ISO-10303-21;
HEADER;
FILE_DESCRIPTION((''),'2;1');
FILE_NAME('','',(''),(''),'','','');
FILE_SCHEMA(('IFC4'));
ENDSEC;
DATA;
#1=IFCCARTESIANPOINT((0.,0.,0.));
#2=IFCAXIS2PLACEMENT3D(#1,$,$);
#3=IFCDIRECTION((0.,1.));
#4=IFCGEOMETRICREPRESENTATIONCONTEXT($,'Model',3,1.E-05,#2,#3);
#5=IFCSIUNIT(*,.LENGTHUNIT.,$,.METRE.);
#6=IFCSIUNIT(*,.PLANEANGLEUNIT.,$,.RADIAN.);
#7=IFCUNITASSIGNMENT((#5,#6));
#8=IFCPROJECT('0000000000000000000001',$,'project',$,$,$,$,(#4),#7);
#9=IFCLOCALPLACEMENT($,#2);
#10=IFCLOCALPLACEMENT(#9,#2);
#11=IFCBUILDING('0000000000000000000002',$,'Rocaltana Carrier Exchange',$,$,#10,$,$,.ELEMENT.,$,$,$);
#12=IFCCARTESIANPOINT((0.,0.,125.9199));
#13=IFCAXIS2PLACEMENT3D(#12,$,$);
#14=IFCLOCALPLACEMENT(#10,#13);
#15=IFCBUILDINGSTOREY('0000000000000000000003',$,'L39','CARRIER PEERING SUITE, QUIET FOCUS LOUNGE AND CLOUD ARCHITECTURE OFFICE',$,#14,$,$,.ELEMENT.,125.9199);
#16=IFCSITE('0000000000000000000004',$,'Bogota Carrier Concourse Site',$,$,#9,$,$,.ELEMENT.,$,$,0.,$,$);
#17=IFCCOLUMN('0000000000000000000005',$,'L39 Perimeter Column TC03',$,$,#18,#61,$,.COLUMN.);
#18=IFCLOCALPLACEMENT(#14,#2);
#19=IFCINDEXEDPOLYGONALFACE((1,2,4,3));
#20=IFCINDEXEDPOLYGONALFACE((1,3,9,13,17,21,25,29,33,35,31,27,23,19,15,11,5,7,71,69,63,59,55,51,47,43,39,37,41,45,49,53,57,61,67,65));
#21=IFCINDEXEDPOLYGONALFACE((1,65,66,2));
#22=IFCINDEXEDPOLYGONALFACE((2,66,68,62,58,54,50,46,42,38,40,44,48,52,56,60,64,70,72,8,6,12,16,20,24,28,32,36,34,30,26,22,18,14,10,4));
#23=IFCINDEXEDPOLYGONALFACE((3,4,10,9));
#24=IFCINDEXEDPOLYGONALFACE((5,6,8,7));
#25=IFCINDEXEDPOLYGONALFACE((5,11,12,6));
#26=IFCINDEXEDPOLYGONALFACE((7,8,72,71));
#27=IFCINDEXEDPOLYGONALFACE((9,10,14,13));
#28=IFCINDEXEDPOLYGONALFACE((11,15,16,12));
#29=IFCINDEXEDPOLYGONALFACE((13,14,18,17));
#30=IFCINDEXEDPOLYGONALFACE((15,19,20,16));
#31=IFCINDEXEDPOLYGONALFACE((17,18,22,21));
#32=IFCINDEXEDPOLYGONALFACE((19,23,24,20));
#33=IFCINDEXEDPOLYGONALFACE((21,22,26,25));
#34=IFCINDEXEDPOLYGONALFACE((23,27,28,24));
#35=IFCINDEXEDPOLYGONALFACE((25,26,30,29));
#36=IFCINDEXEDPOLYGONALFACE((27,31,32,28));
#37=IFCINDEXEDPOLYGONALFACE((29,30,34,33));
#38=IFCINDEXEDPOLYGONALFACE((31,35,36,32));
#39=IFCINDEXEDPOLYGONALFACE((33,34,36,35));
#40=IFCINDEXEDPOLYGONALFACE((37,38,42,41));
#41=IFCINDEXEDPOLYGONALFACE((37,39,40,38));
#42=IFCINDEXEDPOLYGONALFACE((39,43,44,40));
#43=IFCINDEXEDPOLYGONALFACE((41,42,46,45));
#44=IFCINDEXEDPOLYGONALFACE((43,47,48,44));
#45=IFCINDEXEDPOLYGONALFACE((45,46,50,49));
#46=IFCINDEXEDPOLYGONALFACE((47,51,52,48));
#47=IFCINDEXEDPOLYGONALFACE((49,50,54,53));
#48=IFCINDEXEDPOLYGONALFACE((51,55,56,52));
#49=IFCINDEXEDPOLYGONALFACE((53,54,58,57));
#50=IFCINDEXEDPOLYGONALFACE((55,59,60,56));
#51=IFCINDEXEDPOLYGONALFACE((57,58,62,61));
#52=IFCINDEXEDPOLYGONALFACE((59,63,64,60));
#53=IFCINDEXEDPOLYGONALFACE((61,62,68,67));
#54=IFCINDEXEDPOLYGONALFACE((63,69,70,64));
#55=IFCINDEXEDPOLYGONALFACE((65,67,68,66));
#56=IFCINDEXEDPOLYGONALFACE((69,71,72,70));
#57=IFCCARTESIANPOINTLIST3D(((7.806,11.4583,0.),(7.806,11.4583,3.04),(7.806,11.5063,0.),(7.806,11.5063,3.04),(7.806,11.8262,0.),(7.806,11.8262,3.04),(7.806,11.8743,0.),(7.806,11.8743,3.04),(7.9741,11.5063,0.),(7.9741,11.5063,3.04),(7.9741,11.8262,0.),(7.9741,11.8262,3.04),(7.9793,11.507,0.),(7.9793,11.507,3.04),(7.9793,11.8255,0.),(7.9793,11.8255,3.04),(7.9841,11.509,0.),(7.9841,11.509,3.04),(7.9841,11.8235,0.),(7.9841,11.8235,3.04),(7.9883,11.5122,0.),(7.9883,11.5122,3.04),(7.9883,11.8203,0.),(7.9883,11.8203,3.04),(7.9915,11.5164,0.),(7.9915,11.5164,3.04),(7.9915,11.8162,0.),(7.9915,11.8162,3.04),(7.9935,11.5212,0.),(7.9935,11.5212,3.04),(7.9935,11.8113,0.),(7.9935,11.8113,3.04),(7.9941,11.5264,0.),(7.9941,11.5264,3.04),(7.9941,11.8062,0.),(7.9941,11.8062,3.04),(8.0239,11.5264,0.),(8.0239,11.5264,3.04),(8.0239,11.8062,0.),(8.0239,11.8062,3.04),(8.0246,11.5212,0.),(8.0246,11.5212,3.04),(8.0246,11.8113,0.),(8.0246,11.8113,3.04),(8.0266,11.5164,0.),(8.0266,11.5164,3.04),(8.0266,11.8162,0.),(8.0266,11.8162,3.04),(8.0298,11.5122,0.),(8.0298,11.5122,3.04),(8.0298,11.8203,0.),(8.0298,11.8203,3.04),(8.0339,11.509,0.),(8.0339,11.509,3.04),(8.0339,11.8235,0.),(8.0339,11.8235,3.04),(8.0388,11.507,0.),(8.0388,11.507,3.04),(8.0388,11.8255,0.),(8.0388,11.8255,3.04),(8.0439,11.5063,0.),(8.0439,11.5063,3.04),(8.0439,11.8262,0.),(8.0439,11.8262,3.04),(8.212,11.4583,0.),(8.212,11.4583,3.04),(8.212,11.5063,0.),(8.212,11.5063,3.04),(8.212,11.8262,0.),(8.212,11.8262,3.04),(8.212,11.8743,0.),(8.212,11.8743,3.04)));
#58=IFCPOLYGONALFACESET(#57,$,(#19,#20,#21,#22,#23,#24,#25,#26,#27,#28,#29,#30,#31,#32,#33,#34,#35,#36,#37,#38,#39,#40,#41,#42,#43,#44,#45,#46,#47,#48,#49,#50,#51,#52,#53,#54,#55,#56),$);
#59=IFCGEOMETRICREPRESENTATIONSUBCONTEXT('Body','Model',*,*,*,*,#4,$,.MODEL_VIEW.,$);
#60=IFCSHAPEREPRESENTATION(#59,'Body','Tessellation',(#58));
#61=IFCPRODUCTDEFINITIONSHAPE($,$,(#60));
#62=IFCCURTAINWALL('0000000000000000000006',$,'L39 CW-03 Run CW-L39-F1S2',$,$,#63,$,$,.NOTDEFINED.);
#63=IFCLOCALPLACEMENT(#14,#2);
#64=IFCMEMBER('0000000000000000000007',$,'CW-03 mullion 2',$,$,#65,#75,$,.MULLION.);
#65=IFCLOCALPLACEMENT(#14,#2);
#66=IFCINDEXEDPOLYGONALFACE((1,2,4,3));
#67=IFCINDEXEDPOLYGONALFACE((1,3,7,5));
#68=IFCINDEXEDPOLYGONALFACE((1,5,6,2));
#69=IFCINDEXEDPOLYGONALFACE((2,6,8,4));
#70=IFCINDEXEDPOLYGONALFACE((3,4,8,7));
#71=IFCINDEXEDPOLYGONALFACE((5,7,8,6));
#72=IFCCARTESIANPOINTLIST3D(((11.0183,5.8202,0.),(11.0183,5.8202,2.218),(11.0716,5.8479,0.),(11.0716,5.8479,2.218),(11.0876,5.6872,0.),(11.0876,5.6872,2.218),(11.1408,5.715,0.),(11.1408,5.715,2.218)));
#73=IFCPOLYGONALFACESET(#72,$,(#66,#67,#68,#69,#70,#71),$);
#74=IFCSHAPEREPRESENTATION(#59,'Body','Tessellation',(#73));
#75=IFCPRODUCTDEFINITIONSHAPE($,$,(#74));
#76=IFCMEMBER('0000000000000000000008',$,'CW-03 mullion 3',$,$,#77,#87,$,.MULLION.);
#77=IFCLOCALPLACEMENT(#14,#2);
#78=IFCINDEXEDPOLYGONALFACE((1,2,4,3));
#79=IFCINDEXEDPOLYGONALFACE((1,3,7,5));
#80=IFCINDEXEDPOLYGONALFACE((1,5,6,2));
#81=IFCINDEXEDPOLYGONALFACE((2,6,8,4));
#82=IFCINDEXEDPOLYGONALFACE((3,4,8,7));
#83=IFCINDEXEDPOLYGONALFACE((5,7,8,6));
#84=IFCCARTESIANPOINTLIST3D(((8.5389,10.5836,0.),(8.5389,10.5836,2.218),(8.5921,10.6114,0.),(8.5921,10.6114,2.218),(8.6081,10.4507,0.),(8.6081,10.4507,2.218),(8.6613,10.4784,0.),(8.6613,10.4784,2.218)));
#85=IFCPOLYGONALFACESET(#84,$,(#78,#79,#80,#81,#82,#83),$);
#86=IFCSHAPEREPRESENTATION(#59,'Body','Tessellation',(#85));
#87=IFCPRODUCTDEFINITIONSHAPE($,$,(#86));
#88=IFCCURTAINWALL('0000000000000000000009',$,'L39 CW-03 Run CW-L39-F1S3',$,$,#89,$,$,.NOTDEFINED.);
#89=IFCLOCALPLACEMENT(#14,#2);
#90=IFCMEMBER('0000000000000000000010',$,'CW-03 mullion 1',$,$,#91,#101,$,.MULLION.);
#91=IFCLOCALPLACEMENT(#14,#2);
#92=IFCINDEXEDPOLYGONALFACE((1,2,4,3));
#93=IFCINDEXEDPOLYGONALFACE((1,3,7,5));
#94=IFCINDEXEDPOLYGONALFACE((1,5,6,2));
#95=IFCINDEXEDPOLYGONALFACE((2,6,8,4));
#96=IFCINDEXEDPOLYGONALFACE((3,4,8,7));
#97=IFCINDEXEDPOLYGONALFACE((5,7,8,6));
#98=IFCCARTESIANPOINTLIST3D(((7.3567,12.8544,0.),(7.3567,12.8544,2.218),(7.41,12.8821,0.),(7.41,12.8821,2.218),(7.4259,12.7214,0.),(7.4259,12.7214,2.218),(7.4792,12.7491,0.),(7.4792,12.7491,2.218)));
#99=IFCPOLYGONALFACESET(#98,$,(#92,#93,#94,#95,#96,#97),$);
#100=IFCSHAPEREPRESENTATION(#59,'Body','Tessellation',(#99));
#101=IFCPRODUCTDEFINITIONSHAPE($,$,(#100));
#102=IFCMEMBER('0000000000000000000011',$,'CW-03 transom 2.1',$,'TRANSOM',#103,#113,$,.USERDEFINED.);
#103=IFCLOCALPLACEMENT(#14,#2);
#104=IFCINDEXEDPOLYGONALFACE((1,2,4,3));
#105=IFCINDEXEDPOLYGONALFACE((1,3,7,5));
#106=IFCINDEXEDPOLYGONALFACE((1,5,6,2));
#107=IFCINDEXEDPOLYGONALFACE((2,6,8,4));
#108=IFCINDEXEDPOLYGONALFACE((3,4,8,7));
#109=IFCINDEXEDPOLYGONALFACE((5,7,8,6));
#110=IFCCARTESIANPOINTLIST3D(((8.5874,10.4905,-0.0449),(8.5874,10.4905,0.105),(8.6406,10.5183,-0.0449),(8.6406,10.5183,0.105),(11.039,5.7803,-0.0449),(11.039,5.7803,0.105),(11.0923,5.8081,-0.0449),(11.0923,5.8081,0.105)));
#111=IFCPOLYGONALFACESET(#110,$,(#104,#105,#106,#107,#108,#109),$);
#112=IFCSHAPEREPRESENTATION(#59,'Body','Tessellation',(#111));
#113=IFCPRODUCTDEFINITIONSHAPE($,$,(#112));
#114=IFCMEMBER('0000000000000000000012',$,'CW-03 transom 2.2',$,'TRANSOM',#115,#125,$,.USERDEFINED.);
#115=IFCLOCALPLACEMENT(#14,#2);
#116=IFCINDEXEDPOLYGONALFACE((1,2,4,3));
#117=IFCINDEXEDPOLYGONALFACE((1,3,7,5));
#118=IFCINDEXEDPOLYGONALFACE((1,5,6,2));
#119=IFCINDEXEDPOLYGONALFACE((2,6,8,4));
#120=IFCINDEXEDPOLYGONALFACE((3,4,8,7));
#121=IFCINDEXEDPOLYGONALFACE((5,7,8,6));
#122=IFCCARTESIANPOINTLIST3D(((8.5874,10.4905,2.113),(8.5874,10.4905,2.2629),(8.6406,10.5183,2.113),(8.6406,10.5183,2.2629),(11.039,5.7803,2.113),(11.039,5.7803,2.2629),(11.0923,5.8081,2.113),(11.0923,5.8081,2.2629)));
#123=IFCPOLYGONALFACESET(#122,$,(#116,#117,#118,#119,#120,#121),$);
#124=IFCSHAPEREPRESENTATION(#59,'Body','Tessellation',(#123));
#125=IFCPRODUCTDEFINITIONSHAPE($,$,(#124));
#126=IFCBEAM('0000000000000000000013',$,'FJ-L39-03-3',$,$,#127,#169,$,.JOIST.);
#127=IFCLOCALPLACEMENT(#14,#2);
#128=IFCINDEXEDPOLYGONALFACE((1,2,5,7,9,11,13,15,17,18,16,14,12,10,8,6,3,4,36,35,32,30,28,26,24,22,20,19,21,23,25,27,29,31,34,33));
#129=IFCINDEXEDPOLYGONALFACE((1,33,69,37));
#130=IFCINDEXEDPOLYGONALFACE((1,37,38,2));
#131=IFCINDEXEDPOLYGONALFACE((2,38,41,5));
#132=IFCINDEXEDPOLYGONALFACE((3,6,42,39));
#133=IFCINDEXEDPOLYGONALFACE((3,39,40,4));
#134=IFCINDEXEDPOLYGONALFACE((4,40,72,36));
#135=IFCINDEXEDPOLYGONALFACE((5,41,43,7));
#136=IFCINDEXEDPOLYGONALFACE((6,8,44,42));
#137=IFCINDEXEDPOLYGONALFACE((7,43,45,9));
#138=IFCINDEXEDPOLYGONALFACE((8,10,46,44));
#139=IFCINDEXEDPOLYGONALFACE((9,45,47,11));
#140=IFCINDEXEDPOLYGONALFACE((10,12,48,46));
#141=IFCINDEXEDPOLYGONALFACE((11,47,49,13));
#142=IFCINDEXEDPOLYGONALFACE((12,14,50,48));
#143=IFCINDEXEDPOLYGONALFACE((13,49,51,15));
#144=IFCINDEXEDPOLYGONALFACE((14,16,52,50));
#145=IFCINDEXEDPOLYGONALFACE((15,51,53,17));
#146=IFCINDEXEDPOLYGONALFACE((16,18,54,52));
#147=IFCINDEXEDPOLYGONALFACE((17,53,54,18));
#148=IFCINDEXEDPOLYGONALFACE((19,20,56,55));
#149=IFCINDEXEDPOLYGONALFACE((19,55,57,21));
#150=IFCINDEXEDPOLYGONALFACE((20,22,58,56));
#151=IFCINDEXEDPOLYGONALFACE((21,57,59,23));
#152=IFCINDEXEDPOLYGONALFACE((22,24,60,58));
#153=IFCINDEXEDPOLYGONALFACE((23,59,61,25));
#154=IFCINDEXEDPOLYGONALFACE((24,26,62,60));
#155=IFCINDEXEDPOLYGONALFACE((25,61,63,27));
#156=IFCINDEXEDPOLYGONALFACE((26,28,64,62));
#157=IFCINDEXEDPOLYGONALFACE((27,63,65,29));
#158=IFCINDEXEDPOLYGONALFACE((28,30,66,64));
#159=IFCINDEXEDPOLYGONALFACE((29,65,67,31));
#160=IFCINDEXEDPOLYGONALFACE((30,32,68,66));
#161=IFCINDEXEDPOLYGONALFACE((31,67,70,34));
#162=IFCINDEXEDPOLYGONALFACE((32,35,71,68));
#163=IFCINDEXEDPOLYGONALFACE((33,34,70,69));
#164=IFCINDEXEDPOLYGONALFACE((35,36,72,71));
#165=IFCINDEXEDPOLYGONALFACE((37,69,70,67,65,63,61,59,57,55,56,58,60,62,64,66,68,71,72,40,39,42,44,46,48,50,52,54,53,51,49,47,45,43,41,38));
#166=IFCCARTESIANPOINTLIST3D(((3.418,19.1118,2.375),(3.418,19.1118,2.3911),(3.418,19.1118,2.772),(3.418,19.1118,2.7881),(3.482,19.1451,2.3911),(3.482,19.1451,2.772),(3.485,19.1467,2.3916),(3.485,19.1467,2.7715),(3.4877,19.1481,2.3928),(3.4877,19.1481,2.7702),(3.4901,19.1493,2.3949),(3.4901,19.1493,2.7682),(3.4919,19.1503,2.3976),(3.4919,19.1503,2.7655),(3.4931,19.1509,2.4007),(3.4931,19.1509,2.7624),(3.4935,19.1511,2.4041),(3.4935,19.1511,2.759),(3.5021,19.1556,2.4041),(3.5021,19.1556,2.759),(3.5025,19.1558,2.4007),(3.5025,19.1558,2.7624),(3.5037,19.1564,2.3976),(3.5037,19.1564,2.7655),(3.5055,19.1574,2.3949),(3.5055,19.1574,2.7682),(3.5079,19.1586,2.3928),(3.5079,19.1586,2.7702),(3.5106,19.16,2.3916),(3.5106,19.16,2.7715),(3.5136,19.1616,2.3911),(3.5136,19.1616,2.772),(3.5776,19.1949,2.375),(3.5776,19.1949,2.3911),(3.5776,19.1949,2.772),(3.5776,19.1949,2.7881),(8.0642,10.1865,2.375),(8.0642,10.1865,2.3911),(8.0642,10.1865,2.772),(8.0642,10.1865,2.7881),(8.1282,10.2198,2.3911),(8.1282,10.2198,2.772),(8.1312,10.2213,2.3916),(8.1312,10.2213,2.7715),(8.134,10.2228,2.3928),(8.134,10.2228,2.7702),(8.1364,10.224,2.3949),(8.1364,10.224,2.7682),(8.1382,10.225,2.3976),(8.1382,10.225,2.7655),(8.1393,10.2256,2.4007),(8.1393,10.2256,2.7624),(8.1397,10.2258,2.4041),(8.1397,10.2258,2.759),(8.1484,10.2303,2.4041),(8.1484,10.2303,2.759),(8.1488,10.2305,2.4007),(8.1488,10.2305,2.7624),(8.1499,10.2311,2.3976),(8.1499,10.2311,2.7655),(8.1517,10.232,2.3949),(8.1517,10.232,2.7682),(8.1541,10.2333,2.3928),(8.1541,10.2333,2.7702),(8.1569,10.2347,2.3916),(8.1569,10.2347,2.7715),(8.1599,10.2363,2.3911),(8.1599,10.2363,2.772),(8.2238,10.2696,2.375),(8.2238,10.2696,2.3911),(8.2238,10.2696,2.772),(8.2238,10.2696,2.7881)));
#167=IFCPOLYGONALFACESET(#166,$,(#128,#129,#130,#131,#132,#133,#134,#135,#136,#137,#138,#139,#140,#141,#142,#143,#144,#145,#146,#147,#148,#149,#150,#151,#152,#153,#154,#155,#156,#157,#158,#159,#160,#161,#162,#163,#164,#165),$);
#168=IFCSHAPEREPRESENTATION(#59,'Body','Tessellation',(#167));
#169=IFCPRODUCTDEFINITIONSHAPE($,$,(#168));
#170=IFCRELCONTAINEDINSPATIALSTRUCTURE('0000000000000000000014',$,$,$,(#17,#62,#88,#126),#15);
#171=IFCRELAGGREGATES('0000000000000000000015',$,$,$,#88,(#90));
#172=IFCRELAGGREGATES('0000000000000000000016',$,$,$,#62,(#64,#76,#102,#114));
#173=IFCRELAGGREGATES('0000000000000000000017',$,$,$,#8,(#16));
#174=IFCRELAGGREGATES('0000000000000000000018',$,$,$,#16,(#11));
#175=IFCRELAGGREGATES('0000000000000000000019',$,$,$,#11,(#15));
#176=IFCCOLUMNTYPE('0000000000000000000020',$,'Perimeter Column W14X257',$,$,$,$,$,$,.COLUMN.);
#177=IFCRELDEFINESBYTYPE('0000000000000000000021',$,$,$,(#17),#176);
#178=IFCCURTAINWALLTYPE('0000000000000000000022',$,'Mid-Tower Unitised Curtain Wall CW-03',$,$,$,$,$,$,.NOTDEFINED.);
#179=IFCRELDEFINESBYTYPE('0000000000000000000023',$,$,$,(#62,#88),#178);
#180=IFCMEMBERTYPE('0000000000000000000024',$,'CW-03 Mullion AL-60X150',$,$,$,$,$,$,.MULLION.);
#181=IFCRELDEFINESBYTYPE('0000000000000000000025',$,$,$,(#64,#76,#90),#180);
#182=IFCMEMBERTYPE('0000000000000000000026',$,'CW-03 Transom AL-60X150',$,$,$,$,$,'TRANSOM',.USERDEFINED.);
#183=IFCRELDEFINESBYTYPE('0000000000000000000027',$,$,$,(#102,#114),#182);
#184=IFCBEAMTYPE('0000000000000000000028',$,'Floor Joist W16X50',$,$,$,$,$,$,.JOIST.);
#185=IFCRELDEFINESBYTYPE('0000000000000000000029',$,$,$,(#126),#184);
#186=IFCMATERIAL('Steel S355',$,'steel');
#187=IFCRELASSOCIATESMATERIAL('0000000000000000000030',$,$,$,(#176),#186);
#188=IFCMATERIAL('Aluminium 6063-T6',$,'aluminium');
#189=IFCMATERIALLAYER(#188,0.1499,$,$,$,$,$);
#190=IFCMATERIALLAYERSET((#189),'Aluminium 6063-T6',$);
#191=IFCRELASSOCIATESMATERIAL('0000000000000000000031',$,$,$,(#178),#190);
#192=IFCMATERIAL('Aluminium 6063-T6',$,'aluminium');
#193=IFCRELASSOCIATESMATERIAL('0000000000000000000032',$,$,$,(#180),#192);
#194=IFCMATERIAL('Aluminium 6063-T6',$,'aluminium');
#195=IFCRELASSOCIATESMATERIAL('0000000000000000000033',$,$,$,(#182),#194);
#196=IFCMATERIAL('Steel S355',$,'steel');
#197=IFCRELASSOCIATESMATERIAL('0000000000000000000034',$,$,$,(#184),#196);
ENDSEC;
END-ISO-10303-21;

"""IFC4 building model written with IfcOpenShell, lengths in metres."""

from ifc_helpers import new_model, si_unit, direction, frame, origin, origin_2d, place, context, subcontext, project, spatial, rectangle, i_section, extrude, material, layer, layer_set, material_profile, profile_set, type_object, element, aggregate, save


model = new_model("IFC4")

# Units and contexts
model_context = context("Model", 3, precision=1e-05, world=origin(), true_north=direction((0.0, 1.0)))
body_context = subcontext(model_context, "Body", "Model", "MODEL_VIEW")
ifc_project = project(units=[si_unit("LENGTHUNIT", "METRE"), si_unit("PLANEANGLEUNIT", "RADIAN")], contexts=[model_context])

# Site, building, storey
site_placement = place(None, origin())
site = spatial("IfcSite", under=ifc_project, at=site_placement, Name="Bogota Carrier Concourse Site", CompositionType="ELEMENT", RefElevation=0.0)
building_placement = place(site_placement, origin())
building = spatial("IfcBuilding", under=site, at=building_placement, Name="Rocaltana Carrier Exchange", CompositionType="ELEMENT")
storey_placement = place(building_placement, frame((0.0, 0.0, 125.9199)))
storey = spatial("IfcBuildingStorey", under=building, at=storey_placement, Name="L39", Description="CARRIER PEERING SUITE, QUIET FOCUS LOUNGE AND CLOUD ARCHITECTURE OFFICE", CompositionType="ELEMENT", Elevation=125.9199)

# Column
ifc_material_1 = material(Name="Steel S355", Category="steel")
ifc_material_profile_1 = material_profile(ifc_material_1, i_section(OverallWidth=0.406, OverallDepth=0.416, WebThickness=0.0298, FlangeThickness=0.0481, FilletRadius=0.02, at=origin_2d()), Name="W14X257")
ifc_profile_set_1 = profile_set([ifc_material_profile_1], Name="Steel S355")
column_type = type_object("IfcColumnType", Name="Perimeter Column W14X257", PredefinedType="COLUMN", material=ifc_profile_set_1)
column_placement = place(storey_placement, frame((8.009, 11.6663, 0.0), z_axis=(0.0, 0.0, 1.0), x_axis=(1.0, 0.0, 0.0)))
element("IfcColumn", 1, at=column_placement, inside=storey, type_object=column_type, Name="L39 Perimeter Column TC03", PredefinedType="COLUMN", context=body_context, shape_type="SweptSolid", body=[
    extrude(i_section(OverallWidth=0.406, OverallDepth=0.416, WebThickness=0.0298, FlangeThickness=0.0481, FilletRadius=0.02, at=origin_2d()), origin(), (0.0, 0.0, 1.0), 3.04),
])

# Curtain wall, members
ifc_material_2 = material(Name="Aluminium 6063-T6", Category="aluminium")
ifc_layer_1 = layer(ifc_material_2, 0.1499)
ifc_layer_set_1 = layer_set([ifc_layer_1], Name="Aluminium 6063-T6")
curtain_wall_type = type_object("IfcCurtainWallType", Name="Mid-Tower Unitised Curtain Wall CW-03", PredefinedType="NOTDEFINED", material=ifc_layer_set_1)
curtain_wall_1_placement = place(storey_placement, origin())
curtain_wall_1 = element("IfcCurtainWall", 2, at=curtain_wall_1_placement, inside=storey, type_object=curtain_wall_type, Name="L39 CW-03 Run CW-L39-F1S2", PredefinedType="NOTDEFINED")
ifc_material_3 = material(Name="Aluminium 6063-T6", Category="aluminium")
ifc_material_profile_2 = material_profile(ifc_material_3, rectangle(XDim=0.0601, YDim=0.1499, at=origin_2d()), Name="AL-60X150")
ifc_profile_set_2 = profile_set([ifc_material_profile_2], Name="Aluminium 6063-T6")
member_type_1 = type_object("IfcMemberType", Name="CW-03 Mullion AL-60X150", PredefinedType="MULLION", material=ifc_profile_set_2)
member_1_placement = place(storey_placement, frame((11.0796, 5.7676, 0.0), z_axis=(0.0, 0.0, 1.0), x_axis=(-0.887012, -0.461747, 0.0)))
member_1 = element("IfcMember", 3, at=member_1_placement, type_object=member_type_1, Name="CW-03 mullion 2", PredefinedType="MULLION", context=body_context, shape_type="SweptSolid", body=[
    extrude(rectangle(XDim=0.0601, YDim=0.1499, at=origin_2d()), origin(), (0.0, 0.0, 1.0), 2.218),
])
member_2_placement = place(storey_placement, frame((8.6001, 10.531, 0.0), z_axis=(0.0, 0.0, 1.0), x_axis=(-0.887012, -0.461747, 0.0)))
member_2 = element("IfcMember", 4, at=member_2_placement, type_object=member_type_1, Name="CW-03 mullion 3", PredefinedType="MULLION", context=body_context, shape_type="SweptSolid", body=[
    extrude(rectangle(XDim=0.0601, YDim=0.1499, at=origin_2d()), origin(), (0.0, 0.0, 1.0), 2.218),
])

# Curtain wall, member
curtain_wall_2_placement = place(storey_placement, origin())
curtain_wall_2 = element("IfcCurtainWall", 5, at=curtain_wall_2_placement, inside=storey, type_object=curtain_wall_type, Name="L39 CW-03 Run CW-L39-F1S3", PredefinedType="NOTDEFINED")
member_3_placement = place(storey_placement, frame((7.418, 12.8018, 0.0), z_axis=(0.0, 0.0, 1.0), x_axis=(-0.887008, -0.461754, 0.0)))
member_3 = element("IfcMember", 6, at=member_3_placement, type_object=member_type_1, Name="CW-03 mullion 1", PredefinedType="MULLION", context=body_context, shape_type="SweptSolid", body=[
    extrude(rectangle(XDim=0.0601, YDim=0.1499, at=origin_2d()), origin(), (0.0, 0.0, 1.0), 2.218),
])
aggregate(curtain_wall_2, [member_3])

# Members
ifc_material_4 = material(Name="Aluminium 6063-T6", Category="aluminium")
ifc_material_profile_3 = material_profile(ifc_material_4, rectangle(XDim=0.0601, YDim=0.1499, at=origin_2d()), Name="AL-60X150")
ifc_profile_set_3 = profile_set([ifc_material_profile_3], Name="Aluminium 6063-T6")
member_type_2 = type_object("IfcMemberType", Name="CW-03 Transom AL-60X150", ElementType="TRANSOM", PredefinedType="USERDEFINED", material=ifc_profile_set_3)
member_4_placement = place(storey_placement, frame((11.0657, 5.7942, 0.03), z_axis=(-0.461702, 0.887035, 0.0), x_axis=(-0.887035, -0.461702, 0.0)))
member_4 = element("IfcMember", 7, at=member_4_placement, type_object=member_type_2, Name="CW-03 transom 2.1", ObjectType="TRANSOM", PredefinedType="USERDEFINED", context=body_context, shape_type="SweptSolid", body=[
    extrude(rectangle(XDim=0.0601, YDim=0.1499, at=origin_2d()), origin(), (0.0, 0.0, 1.0), 5.3101),
])
member_5_placement = place(storey_placement, frame((11.0657, 5.7942, 2.188), z_axis=(-0.461702, 0.887035, 0.0), x_axis=(-0.887035, -0.461702, 0.0)))
member_5 = element("IfcMember", 8, at=member_5_placement, type_object=member_type_2, Name="CW-03 transom 2.2", ObjectType="TRANSOM", PredefinedType="USERDEFINED", context=body_context, shape_type="SweptSolid", body=[
    extrude(rectangle(XDim=0.0601, YDim=0.1499, at=origin_2d()), origin(), (0.0, 0.0, 1.0), 5.3101),
])

# Beam
ifc_material_5 = material(Name="Steel S355", Category="steel")
ifc_material_profile_4 = material_profile(ifc_material_5, i_section(OverallWidth=0.1799, OverallDepth=0.4131, WebThickness=0.0098, FlangeThickness=0.0161, FilletRadius=0.0129, at=origin_2d()), Name="W16X50")
ifc_profile_set_4 = profile_set([ifc_material_profile_4], Name="Steel S355")
beam_type_1 = type_object("IfcBeamType", Name="Floor Joist W16X50", PredefinedType="JOIST", material=ifc_profile_set_4)
beam_1_placement = place(storey_placement, frame((8.144, 10.228, 2.5815), z_axis=(-0.461751, 0.88701, 0.0), x_axis=(-0.88701, -0.461751, 0.0)))
element("IfcBeam", 9, at=beam_1_placement, inside=storey, type_object=beam_type_1, Name="FJ-L39-03-3", PredefinedType="JOIST", context=body_context, shape_type="SweptSolid", body=[
    extrude(i_section(OverallWidth=0.1799, OverallDepth=0.4131, WebThickness=0.0098, FlangeThickness=0.0161, FilletRadius=0.0129, at=origin_2d()), origin(), (0.0, 0.0, 1.0), 10.0623),
])

aggregate(curtain_wall_1, [member_1, member_2, member_4, member_5])

save(model, "model.ifc")
